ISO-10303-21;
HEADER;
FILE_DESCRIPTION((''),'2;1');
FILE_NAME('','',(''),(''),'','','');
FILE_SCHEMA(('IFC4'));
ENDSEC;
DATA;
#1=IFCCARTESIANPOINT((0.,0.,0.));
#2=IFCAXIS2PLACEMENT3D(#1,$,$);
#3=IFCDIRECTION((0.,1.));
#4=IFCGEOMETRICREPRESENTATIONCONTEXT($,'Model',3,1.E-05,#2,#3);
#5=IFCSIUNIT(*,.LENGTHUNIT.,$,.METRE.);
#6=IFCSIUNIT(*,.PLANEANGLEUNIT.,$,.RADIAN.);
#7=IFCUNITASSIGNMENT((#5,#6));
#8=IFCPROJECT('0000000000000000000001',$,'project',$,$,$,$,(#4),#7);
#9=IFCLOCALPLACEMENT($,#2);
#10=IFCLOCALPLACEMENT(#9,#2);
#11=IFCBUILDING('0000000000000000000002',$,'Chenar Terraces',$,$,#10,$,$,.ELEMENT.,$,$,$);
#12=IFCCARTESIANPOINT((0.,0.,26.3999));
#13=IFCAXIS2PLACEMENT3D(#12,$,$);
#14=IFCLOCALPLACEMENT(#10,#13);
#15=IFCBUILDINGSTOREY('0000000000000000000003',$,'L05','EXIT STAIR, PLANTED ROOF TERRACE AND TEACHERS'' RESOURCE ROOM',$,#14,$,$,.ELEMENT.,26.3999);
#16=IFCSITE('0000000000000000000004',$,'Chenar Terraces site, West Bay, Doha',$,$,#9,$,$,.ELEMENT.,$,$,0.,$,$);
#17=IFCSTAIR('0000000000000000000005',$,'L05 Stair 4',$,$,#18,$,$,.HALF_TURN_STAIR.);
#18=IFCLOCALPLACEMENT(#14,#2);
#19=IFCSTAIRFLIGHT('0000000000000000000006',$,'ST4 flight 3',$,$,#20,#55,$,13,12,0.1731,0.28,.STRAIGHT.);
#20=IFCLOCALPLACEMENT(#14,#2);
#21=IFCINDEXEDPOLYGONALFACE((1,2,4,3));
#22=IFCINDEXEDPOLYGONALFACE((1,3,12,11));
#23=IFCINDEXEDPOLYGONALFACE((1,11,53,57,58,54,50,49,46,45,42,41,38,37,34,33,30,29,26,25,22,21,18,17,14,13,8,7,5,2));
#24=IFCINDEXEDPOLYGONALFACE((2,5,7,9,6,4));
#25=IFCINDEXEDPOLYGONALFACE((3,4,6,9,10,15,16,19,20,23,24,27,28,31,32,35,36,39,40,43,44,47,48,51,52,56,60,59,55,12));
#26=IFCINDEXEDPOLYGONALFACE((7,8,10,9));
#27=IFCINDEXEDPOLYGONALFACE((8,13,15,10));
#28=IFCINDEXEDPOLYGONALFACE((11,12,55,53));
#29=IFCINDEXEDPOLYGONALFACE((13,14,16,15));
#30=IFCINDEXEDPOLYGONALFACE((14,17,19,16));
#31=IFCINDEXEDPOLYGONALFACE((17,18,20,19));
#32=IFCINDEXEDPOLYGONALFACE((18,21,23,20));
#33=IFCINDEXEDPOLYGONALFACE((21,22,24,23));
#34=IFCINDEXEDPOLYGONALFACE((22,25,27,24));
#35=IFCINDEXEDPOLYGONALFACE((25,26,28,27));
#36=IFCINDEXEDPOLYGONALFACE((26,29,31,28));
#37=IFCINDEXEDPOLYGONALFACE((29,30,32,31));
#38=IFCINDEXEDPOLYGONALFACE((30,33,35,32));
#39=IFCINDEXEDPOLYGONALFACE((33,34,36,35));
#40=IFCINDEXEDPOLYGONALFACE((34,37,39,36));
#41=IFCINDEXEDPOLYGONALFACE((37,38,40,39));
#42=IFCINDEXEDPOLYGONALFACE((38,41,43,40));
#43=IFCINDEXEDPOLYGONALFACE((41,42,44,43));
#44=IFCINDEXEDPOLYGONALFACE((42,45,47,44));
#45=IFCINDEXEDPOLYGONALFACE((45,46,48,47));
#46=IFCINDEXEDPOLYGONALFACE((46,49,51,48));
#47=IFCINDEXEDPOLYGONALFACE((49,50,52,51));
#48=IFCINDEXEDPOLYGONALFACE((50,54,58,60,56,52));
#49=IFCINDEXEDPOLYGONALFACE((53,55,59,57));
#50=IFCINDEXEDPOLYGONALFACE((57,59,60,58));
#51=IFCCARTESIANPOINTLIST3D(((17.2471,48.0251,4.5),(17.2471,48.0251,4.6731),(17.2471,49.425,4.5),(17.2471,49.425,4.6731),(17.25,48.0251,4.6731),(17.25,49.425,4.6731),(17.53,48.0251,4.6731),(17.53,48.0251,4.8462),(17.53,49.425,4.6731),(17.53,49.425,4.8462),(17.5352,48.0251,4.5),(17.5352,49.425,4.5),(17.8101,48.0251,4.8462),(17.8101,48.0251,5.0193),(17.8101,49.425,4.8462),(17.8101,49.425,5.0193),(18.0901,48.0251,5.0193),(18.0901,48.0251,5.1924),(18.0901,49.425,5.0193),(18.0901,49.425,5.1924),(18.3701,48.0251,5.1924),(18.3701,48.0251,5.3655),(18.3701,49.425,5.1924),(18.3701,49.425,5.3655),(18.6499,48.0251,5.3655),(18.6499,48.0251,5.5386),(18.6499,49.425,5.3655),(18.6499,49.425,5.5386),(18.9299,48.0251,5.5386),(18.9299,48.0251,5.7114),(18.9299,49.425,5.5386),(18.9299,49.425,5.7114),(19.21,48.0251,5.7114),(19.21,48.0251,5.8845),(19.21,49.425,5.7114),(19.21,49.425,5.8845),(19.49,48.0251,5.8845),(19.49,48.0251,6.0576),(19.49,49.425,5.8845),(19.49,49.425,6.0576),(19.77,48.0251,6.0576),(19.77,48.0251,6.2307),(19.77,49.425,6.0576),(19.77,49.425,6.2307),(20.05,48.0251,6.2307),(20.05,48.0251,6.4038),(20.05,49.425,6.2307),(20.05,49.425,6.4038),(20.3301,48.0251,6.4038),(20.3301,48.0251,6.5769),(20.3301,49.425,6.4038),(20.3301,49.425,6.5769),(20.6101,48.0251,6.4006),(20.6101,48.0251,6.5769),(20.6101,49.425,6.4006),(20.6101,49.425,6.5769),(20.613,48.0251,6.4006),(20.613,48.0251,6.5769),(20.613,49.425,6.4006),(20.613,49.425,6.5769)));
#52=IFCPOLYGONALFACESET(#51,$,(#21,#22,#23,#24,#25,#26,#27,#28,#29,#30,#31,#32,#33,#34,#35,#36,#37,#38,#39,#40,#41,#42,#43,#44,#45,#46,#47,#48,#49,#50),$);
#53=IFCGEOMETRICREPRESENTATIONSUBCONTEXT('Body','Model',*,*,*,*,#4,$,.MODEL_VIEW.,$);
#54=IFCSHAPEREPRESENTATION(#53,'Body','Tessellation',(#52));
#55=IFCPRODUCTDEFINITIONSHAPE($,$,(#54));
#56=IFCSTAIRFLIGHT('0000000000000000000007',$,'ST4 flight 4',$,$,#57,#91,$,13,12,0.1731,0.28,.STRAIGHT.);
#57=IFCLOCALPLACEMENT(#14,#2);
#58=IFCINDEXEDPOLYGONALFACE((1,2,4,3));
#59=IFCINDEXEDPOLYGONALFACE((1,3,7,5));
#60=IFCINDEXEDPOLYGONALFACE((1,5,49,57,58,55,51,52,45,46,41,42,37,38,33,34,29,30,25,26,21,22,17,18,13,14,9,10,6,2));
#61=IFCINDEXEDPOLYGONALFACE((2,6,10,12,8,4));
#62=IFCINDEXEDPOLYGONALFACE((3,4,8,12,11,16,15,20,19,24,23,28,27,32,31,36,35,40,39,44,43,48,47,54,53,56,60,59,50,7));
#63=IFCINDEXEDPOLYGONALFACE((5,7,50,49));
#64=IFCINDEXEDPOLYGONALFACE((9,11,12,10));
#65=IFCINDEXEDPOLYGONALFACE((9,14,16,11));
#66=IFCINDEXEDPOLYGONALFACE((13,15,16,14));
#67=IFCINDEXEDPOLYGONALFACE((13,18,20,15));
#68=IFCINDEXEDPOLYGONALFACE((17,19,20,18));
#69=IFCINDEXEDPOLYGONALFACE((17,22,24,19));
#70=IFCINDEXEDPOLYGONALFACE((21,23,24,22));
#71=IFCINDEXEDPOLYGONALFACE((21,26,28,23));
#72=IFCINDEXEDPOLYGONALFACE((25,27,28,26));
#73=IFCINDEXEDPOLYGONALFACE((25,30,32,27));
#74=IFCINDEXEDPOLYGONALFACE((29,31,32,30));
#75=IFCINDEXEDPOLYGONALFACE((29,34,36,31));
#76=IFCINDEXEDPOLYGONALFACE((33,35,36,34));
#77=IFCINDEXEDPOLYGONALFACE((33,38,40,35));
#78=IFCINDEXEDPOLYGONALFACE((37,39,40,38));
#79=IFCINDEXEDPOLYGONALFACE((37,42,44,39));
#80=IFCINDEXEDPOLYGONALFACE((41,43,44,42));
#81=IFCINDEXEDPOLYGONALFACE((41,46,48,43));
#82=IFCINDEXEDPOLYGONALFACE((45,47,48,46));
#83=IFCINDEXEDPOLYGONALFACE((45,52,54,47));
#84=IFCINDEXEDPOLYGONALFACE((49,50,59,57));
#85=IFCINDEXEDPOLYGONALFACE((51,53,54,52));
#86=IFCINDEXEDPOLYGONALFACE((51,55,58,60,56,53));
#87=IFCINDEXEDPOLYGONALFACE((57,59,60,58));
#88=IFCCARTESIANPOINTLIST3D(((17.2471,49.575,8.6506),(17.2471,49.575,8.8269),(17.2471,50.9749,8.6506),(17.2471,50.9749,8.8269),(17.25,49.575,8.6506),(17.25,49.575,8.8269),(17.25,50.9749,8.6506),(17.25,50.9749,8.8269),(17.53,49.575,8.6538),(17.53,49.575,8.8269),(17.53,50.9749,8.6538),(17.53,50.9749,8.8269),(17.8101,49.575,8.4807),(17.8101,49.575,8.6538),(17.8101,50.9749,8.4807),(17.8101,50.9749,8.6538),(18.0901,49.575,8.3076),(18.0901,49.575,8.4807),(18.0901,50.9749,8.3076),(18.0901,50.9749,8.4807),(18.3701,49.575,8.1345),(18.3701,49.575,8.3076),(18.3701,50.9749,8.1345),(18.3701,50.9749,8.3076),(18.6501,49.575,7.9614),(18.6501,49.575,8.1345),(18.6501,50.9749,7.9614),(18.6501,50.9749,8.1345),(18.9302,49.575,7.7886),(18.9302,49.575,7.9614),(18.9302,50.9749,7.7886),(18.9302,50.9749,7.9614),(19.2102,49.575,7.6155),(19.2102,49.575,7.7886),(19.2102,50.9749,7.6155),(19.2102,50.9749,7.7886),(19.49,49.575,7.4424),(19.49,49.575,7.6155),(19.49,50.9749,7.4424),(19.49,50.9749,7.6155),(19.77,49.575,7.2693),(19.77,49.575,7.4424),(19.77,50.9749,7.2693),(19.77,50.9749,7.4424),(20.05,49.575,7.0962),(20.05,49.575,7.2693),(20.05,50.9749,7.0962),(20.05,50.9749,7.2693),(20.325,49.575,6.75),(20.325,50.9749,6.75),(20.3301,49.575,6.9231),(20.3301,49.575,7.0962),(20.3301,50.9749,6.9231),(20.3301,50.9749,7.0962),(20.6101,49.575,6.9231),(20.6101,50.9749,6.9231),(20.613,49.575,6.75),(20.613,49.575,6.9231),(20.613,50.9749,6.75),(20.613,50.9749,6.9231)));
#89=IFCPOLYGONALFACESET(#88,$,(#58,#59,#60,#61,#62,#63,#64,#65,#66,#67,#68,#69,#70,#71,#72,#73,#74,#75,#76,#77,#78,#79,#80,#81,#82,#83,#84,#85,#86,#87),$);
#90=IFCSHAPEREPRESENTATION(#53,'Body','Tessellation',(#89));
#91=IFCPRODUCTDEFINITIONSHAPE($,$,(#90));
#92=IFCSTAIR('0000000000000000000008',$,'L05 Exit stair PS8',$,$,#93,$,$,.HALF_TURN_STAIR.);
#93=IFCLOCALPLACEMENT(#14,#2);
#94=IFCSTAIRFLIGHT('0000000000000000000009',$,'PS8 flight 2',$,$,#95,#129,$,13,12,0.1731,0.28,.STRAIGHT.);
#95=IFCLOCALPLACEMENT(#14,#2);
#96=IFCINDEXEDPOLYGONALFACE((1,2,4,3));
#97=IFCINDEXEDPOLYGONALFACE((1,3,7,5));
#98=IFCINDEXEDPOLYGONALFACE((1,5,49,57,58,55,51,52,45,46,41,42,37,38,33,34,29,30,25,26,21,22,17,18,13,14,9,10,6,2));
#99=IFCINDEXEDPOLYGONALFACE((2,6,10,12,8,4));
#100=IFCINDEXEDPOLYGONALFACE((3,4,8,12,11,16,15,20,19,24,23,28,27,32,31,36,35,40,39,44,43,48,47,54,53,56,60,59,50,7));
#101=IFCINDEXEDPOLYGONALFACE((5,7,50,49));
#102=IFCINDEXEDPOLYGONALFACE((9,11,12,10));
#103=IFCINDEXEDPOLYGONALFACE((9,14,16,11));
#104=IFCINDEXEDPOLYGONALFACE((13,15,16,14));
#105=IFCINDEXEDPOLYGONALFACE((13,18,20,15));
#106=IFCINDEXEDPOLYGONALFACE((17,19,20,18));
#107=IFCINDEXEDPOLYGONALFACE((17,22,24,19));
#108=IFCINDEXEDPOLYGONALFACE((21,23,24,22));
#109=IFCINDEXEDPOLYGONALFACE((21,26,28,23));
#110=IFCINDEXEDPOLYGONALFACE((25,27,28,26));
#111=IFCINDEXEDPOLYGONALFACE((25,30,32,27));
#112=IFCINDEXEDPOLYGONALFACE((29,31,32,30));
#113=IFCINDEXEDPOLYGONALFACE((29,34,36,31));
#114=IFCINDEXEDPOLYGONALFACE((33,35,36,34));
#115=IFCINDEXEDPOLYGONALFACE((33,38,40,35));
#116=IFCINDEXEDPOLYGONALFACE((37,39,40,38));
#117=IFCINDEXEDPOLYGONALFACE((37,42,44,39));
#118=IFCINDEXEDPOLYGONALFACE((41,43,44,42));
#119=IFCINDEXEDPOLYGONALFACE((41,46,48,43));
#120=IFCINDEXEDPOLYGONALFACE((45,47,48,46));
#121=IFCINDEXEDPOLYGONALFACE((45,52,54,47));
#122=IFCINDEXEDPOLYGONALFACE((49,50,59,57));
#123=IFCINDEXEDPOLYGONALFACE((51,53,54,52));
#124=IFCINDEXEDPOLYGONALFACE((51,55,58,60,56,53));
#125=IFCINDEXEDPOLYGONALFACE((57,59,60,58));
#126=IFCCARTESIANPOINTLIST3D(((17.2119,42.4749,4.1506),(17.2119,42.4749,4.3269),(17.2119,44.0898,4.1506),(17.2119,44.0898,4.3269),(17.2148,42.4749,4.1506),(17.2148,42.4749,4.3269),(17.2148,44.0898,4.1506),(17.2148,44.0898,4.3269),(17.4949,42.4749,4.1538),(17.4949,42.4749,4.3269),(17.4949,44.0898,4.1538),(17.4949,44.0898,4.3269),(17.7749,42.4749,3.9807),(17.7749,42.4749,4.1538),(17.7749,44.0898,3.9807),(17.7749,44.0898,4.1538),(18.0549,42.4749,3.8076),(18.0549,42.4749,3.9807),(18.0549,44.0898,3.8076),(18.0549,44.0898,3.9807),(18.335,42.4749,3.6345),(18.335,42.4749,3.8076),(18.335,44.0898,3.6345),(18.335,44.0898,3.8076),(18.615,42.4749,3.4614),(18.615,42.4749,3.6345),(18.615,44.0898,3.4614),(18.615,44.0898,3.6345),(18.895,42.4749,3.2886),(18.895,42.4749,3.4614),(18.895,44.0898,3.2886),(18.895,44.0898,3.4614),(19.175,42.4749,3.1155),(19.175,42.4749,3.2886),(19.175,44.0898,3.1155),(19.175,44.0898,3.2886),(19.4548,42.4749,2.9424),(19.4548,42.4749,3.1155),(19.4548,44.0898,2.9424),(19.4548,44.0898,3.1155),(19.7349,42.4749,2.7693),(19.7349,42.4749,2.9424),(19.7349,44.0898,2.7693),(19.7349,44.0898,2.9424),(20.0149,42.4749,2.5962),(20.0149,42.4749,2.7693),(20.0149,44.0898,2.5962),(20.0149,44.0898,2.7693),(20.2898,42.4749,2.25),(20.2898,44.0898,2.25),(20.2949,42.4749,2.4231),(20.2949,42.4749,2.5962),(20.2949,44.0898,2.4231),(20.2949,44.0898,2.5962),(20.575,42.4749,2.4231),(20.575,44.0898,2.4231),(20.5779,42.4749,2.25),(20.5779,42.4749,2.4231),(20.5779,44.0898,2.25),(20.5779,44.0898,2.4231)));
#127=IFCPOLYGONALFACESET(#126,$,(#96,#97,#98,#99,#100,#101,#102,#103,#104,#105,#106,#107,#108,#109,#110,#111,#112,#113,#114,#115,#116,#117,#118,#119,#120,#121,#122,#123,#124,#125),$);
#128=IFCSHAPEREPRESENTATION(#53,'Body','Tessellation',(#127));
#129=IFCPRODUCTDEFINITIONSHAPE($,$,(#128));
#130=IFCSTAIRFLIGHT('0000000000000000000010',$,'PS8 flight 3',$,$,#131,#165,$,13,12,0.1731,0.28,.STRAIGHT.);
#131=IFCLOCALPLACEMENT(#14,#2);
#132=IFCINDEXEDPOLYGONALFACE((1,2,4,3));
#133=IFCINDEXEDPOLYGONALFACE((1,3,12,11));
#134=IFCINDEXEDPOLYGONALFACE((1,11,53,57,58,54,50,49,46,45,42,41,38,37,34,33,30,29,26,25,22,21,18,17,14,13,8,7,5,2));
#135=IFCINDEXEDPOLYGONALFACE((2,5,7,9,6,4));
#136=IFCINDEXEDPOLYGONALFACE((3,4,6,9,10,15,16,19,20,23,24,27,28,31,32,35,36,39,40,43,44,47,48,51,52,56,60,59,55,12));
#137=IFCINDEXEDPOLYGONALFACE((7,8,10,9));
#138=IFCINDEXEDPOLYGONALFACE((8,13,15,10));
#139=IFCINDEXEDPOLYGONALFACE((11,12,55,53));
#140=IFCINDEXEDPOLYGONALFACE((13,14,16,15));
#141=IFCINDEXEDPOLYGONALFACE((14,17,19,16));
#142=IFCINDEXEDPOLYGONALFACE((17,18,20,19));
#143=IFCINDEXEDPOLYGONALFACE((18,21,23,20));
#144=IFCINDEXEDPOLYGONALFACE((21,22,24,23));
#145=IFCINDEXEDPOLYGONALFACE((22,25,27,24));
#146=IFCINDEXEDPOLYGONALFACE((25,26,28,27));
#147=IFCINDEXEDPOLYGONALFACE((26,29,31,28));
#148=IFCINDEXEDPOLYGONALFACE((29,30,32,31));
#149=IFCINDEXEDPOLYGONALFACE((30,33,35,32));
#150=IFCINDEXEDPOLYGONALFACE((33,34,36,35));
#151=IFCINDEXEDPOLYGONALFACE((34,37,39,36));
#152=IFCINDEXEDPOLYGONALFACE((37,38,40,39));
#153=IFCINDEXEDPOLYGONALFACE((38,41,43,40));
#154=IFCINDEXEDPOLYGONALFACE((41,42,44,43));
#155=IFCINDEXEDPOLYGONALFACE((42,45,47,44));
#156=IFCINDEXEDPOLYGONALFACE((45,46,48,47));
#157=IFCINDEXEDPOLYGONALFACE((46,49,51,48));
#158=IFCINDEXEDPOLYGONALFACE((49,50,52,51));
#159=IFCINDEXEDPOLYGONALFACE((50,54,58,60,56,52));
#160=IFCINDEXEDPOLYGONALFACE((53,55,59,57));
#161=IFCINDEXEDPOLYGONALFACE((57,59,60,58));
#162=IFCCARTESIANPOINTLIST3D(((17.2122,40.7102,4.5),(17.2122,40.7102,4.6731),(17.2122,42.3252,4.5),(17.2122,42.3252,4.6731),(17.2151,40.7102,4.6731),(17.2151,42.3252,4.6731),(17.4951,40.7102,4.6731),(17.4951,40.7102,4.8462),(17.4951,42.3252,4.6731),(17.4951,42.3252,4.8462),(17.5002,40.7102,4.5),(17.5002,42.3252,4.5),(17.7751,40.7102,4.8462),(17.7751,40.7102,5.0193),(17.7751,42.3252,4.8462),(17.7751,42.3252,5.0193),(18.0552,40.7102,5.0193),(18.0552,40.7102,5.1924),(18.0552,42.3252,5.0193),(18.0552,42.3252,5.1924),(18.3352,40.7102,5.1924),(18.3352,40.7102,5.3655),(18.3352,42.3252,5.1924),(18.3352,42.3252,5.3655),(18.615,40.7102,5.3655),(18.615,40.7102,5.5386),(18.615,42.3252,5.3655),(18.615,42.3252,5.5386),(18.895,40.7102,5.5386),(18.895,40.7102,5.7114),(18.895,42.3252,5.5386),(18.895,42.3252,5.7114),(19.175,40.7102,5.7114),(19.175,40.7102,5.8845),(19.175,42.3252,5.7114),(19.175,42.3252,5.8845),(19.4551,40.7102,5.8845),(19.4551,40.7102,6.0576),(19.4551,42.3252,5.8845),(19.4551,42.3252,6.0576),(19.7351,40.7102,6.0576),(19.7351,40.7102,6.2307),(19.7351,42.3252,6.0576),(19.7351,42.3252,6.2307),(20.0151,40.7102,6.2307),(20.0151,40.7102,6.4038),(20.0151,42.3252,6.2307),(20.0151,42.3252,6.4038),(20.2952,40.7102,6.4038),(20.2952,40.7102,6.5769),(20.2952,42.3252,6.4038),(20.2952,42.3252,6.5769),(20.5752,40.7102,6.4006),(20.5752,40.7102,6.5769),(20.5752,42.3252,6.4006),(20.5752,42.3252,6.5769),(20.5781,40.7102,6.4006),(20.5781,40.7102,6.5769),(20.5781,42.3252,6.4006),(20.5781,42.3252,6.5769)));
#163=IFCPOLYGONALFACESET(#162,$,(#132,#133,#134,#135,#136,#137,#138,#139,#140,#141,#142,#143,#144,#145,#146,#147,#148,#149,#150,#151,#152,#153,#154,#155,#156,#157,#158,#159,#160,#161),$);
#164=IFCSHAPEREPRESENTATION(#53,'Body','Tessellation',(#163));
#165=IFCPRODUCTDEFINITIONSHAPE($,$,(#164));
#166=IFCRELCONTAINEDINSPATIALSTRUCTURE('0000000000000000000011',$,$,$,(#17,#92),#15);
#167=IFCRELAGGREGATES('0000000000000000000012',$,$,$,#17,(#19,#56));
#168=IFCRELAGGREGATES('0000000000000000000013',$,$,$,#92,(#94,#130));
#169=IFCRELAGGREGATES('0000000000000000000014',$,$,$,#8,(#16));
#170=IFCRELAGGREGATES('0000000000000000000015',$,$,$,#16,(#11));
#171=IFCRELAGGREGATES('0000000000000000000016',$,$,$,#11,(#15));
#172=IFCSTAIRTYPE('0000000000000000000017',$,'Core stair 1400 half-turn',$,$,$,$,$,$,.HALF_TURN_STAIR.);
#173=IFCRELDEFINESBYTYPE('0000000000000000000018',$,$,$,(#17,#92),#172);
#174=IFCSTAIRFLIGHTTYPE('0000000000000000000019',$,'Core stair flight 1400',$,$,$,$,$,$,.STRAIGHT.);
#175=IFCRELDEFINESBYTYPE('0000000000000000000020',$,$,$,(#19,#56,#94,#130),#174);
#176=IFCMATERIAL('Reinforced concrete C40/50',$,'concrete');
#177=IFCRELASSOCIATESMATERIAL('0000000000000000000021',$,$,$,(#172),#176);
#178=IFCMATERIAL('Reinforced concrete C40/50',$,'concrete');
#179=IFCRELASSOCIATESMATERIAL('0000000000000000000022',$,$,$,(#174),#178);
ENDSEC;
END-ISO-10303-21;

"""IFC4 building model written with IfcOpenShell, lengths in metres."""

from ifc_helpers import new_model, si_unit, direction, frame, origin, place, context, subcontext, project, spatial, polyline, outline, extrude, material, type_object, element, aggregate, save


model = new_model("IFC4")

# Units and contexts
model_context = context("Model", 3, precision=1e-05, world=origin(), true_north=direction((0.0, 1.0)))
body_context = subcontext(model_context, "Body", "Model", "MODEL_VIEW")
ifc_project = project(units=[si_unit("LENGTHUNIT", "METRE"), si_unit("PLANEANGLEUNIT", "RADIAN")], contexts=[model_context])

# Site, building, storey
site_placement = place(None, origin())
site = spatial("IfcSite", under=ifc_project, at=site_placement, Name="Chenar Terraces site, West Bay, Doha", CompositionType="ELEMENT", RefElevation=0.0)
building_placement = place(site_placement, origin())
building = spatial("IfcBuilding", under=site, at=building_placement, Name="Chenar Terraces", CompositionType="ELEMENT")
storey_placement = place(building_placement, frame((0.0, 0.0, 26.3999)))
storey = spatial("IfcBuildingStorey", under=building, at=storey_placement, Name="L05", Description="EXIT STAIR, PLANTED ROOF TERRACE AND TEACHERS' RESOURCE ROOM", CompositionType="ELEMENT", Elevation=26.3999)

# Stairs, stair flights
ifc_material_1 = material(Name="Reinforced concrete C40/50", Category="concrete")
stair_type = type_object("IfcStairType", Name="Core stair 1400 half-turn", PredefinedType="HALF_TURN_STAIR", material=ifc_material_1)
placement = place(storey_placement, origin())
stair_1 = element("IfcStair", 1, at=placement, inside=storey, type_object=stair_type, Name="L05 Stair 4", PredefinedType="HALF_TURN_STAIR")
ifc_material_2 = material(Name="Reinforced concrete C40/50", Category="concrete")
stair_flight_type = type_object("IfcStairFlightType", Name="Core stair flight 1400", PredefinedType="STRAIGHT", material=ifc_material_2)
stair_flight_1_placement = place(storey_placement, frame((17.25, 48.7251, 4.5), z_axis=(0.0, 0.0, 1.0), x_axis=(1.0, 0.0, 0.0)))
stair_flight_1 = element("IfcStairFlight", 2, at=stair_flight_1_placement, type_object=stair_flight_type, Name="ST4 flight 3", NumberOfRisers=13, NumberOfTreads=12, PredefinedType="STRAIGHT", RiserHeight=0.1731, TreadLength=0.28, context=body_context, shape_type="SweptSolid", body=[
    extrude(outline(polyline([(-0.0029, 0.0), (-0.0029, 0.1731), (0.0, 0.1731), (0.28, 0.1731), (0.28, 0.3462), (0.5601, 0.3462), (0.5601, 0.5193), (0.8401, 0.5193), (0.8401, 0.6924), (1.1201, 0.6924), (1.1201, 0.8655), (1.3999, 0.8655), (1.3999, 1.0386), (1.6799, 1.0386), (1.6799, 1.2114), (1.96, 1.2114), (1.96, 1.3845), (2.24, 1.3845), (2.24, 1.5576), (2.52, 1.5576), (2.52, 1.7307), (2.8, 1.7307), (2.8, 1.9038), (3.0801, 1.9038), (3.0801, 2.0769), (3.3601, 2.0769), (3.363, 2.0769), (3.363, 1.9006), (3.3601, 1.9006), (0.2852, 0.0), (-0.0029, 0.0)])), frame((0.0, 0.7, 0.0), z_axis=(0.0, -1.0, 0.0), x_axis=(1.0, 0.0, 0.0)), (0.0, 0.0, 1.0), 1.3999),
])
stair_flight_2_placement = place(storey_placement, frame((20.6101, 50.2749, 6.75), z_axis=(0.0, 0.0, 1.0), x_axis=(-1.0, 0.0, 0.0)))
stair_flight_2 = element("IfcStairFlight", 3, at=stair_flight_2_placement, type_object=stair_flight_type, Name="ST4 flight 4", NumberOfRisers=13, NumberOfTreads=12, PredefinedType="STRAIGHT", RiserHeight=0.1731, TreadLength=0.28, context=body_context, shape_type="SweptSolid", body=[
    extrude(outline(polyline([(-0.0029, 0.0), (-0.0029, 0.1731), (0.0, 0.1731), (0.28, 0.1731), (0.28, 0.3462), (0.5601, 0.3462), (0.5601, 0.5193), (0.8401, 0.5193), (0.8401, 0.6924), (1.1201, 0.6924), (1.1201, 0.8655), (1.3999, 0.8655), (1.3999, 1.0386), (1.6799, 1.0386), (1.6799, 1.2114), (1.96, 1.2114), (1.96, 1.3845), (2.24, 1.3845), (2.24, 1.5576), (2.52, 1.5576), (2.52, 1.7307), (2.8, 1.7307), (2.8, 1.9038), (3.0801, 1.9038), (3.0801, 2.0769), (3.3601, 2.0769), (3.363, 2.0769), (3.363, 1.9006), (3.3601, 1.9006), (0.2852, 0.0), (-0.0029, 0.0)])), frame((0.0, 0.7, 0.0), z_axis=(0.0, -1.0, 0.0), x_axis=(1.0, 0.0, 0.0)), (0.0, 0.0, 1.0), 1.3999),
])
aggregate(stair_1, [stair_flight_1, stair_flight_2])
stair_2 = element("IfcStair", 4, at=placement, inside=storey, type_object=stair_type, Name="L05 Exit stair PS8", PredefinedType="HALF_TURN_STAIR")
stair_flight_3_placement = place(storey_placement, frame((20.575, 43.2825, 2.25), z_axis=(0.0, 0.0, 1.0), x_axis=(-1.0, 0.0, 0.0)))
stair_flight_3 = element("IfcStairFlight", 5, at=stair_flight_3_placement, type_object=stair_flight_type, Name="PS8 flight 2", NumberOfRisers=13, NumberOfTreads=12, PredefinedType="STRAIGHT", RiserHeight=0.1731, TreadLength=0.28, context=body_context, shape_type="SweptSolid", body=[
    extrude(outline(polyline([(-0.0029, 0.0), (-0.0029, 0.1731), (0.0, 0.1731), (0.28, 0.1731), (0.28, 0.3462), (0.5601, 0.3462), (0.5601, 0.5193), (0.8401, 0.5193), (0.8401, 0.6924), (1.1201, 0.6924), (1.1201, 0.8655), (1.3999, 0.8655), (1.3999, 1.0386), (1.6799, 1.0386), (1.6799, 1.2114), (1.96, 1.2114), (1.96, 1.3845), (2.24, 1.3845), (2.24, 1.5576), (2.52, 1.5576), (2.52, 1.7307), (2.8, 1.7307), (2.8, 1.9038), (3.0801, 1.9038), (3.0801, 2.0769), (3.3601, 2.0769), (3.363, 2.0769), (3.363, 1.9006), (3.3601, 1.9006), (0.2852, 0.0), (-0.0029, 0.0)])), frame((0.0, 0.8076, 0.0), z_axis=(0.0, -1.0, 0.0), x_axis=(1.0, 0.0, 0.0)), (0.0, 0.0, 1.0), 1.615),
])
stair_flight_4_placement = place(storey_placement, frame((17.2151, 41.5176, 4.5), z_axis=(0.0, 0.0, 1.0), x_axis=(1.0, 0.0, 0.0)))
stair_flight_4 = element("IfcStairFlight", 6, at=stair_flight_4_placement, type_object=stair_flight_type, Name="PS8 flight 3", NumberOfRisers=13, NumberOfTreads=12, PredefinedType="STRAIGHT", RiserHeight=0.1731, TreadLength=0.28, context=body_context, shape_type="SweptSolid", body=[
    extrude(outline(polyline([(-0.0029, 0.0), (-0.0029, 0.1731), (0.0, 0.1731), (0.28, 0.1731), (0.28, 0.3462), (0.5601, 0.3462), (0.5601, 0.5193), (0.8401, 0.5193), (0.8401, 0.6924), (1.1201, 0.6924), (1.1201, 0.8655), (1.3999, 0.8655), (1.3999, 1.0386), (1.6799, 1.0386), (1.6799, 1.2114), (1.96, 1.2114), (1.96, 1.3845), (2.24, 1.3845), (2.24, 1.5576), (2.52, 1.5576), (2.52, 1.7307), (2.8, 1.7307), (2.8, 1.9038), (3.0801, 1.9038), (3.0801, 2.0769), (3.3601, 2.0769), (3.363, 2.0769), (3.363, 1.9006), (3.3601, 1.9006), (0.2852, 0.0), (-0.0029, 0.0)])), frame((0.0, 0.8076, 0.0), z_axis=(0.0, -1.0, 0.0), x_axis=(1.0, 0.0, 0.0)), (0.0, 0.0, 1.0), 1.615),
])
aggregate(stair_2, [stair_flight_3, stair_flight_4])

save(model, "model.ifc")
